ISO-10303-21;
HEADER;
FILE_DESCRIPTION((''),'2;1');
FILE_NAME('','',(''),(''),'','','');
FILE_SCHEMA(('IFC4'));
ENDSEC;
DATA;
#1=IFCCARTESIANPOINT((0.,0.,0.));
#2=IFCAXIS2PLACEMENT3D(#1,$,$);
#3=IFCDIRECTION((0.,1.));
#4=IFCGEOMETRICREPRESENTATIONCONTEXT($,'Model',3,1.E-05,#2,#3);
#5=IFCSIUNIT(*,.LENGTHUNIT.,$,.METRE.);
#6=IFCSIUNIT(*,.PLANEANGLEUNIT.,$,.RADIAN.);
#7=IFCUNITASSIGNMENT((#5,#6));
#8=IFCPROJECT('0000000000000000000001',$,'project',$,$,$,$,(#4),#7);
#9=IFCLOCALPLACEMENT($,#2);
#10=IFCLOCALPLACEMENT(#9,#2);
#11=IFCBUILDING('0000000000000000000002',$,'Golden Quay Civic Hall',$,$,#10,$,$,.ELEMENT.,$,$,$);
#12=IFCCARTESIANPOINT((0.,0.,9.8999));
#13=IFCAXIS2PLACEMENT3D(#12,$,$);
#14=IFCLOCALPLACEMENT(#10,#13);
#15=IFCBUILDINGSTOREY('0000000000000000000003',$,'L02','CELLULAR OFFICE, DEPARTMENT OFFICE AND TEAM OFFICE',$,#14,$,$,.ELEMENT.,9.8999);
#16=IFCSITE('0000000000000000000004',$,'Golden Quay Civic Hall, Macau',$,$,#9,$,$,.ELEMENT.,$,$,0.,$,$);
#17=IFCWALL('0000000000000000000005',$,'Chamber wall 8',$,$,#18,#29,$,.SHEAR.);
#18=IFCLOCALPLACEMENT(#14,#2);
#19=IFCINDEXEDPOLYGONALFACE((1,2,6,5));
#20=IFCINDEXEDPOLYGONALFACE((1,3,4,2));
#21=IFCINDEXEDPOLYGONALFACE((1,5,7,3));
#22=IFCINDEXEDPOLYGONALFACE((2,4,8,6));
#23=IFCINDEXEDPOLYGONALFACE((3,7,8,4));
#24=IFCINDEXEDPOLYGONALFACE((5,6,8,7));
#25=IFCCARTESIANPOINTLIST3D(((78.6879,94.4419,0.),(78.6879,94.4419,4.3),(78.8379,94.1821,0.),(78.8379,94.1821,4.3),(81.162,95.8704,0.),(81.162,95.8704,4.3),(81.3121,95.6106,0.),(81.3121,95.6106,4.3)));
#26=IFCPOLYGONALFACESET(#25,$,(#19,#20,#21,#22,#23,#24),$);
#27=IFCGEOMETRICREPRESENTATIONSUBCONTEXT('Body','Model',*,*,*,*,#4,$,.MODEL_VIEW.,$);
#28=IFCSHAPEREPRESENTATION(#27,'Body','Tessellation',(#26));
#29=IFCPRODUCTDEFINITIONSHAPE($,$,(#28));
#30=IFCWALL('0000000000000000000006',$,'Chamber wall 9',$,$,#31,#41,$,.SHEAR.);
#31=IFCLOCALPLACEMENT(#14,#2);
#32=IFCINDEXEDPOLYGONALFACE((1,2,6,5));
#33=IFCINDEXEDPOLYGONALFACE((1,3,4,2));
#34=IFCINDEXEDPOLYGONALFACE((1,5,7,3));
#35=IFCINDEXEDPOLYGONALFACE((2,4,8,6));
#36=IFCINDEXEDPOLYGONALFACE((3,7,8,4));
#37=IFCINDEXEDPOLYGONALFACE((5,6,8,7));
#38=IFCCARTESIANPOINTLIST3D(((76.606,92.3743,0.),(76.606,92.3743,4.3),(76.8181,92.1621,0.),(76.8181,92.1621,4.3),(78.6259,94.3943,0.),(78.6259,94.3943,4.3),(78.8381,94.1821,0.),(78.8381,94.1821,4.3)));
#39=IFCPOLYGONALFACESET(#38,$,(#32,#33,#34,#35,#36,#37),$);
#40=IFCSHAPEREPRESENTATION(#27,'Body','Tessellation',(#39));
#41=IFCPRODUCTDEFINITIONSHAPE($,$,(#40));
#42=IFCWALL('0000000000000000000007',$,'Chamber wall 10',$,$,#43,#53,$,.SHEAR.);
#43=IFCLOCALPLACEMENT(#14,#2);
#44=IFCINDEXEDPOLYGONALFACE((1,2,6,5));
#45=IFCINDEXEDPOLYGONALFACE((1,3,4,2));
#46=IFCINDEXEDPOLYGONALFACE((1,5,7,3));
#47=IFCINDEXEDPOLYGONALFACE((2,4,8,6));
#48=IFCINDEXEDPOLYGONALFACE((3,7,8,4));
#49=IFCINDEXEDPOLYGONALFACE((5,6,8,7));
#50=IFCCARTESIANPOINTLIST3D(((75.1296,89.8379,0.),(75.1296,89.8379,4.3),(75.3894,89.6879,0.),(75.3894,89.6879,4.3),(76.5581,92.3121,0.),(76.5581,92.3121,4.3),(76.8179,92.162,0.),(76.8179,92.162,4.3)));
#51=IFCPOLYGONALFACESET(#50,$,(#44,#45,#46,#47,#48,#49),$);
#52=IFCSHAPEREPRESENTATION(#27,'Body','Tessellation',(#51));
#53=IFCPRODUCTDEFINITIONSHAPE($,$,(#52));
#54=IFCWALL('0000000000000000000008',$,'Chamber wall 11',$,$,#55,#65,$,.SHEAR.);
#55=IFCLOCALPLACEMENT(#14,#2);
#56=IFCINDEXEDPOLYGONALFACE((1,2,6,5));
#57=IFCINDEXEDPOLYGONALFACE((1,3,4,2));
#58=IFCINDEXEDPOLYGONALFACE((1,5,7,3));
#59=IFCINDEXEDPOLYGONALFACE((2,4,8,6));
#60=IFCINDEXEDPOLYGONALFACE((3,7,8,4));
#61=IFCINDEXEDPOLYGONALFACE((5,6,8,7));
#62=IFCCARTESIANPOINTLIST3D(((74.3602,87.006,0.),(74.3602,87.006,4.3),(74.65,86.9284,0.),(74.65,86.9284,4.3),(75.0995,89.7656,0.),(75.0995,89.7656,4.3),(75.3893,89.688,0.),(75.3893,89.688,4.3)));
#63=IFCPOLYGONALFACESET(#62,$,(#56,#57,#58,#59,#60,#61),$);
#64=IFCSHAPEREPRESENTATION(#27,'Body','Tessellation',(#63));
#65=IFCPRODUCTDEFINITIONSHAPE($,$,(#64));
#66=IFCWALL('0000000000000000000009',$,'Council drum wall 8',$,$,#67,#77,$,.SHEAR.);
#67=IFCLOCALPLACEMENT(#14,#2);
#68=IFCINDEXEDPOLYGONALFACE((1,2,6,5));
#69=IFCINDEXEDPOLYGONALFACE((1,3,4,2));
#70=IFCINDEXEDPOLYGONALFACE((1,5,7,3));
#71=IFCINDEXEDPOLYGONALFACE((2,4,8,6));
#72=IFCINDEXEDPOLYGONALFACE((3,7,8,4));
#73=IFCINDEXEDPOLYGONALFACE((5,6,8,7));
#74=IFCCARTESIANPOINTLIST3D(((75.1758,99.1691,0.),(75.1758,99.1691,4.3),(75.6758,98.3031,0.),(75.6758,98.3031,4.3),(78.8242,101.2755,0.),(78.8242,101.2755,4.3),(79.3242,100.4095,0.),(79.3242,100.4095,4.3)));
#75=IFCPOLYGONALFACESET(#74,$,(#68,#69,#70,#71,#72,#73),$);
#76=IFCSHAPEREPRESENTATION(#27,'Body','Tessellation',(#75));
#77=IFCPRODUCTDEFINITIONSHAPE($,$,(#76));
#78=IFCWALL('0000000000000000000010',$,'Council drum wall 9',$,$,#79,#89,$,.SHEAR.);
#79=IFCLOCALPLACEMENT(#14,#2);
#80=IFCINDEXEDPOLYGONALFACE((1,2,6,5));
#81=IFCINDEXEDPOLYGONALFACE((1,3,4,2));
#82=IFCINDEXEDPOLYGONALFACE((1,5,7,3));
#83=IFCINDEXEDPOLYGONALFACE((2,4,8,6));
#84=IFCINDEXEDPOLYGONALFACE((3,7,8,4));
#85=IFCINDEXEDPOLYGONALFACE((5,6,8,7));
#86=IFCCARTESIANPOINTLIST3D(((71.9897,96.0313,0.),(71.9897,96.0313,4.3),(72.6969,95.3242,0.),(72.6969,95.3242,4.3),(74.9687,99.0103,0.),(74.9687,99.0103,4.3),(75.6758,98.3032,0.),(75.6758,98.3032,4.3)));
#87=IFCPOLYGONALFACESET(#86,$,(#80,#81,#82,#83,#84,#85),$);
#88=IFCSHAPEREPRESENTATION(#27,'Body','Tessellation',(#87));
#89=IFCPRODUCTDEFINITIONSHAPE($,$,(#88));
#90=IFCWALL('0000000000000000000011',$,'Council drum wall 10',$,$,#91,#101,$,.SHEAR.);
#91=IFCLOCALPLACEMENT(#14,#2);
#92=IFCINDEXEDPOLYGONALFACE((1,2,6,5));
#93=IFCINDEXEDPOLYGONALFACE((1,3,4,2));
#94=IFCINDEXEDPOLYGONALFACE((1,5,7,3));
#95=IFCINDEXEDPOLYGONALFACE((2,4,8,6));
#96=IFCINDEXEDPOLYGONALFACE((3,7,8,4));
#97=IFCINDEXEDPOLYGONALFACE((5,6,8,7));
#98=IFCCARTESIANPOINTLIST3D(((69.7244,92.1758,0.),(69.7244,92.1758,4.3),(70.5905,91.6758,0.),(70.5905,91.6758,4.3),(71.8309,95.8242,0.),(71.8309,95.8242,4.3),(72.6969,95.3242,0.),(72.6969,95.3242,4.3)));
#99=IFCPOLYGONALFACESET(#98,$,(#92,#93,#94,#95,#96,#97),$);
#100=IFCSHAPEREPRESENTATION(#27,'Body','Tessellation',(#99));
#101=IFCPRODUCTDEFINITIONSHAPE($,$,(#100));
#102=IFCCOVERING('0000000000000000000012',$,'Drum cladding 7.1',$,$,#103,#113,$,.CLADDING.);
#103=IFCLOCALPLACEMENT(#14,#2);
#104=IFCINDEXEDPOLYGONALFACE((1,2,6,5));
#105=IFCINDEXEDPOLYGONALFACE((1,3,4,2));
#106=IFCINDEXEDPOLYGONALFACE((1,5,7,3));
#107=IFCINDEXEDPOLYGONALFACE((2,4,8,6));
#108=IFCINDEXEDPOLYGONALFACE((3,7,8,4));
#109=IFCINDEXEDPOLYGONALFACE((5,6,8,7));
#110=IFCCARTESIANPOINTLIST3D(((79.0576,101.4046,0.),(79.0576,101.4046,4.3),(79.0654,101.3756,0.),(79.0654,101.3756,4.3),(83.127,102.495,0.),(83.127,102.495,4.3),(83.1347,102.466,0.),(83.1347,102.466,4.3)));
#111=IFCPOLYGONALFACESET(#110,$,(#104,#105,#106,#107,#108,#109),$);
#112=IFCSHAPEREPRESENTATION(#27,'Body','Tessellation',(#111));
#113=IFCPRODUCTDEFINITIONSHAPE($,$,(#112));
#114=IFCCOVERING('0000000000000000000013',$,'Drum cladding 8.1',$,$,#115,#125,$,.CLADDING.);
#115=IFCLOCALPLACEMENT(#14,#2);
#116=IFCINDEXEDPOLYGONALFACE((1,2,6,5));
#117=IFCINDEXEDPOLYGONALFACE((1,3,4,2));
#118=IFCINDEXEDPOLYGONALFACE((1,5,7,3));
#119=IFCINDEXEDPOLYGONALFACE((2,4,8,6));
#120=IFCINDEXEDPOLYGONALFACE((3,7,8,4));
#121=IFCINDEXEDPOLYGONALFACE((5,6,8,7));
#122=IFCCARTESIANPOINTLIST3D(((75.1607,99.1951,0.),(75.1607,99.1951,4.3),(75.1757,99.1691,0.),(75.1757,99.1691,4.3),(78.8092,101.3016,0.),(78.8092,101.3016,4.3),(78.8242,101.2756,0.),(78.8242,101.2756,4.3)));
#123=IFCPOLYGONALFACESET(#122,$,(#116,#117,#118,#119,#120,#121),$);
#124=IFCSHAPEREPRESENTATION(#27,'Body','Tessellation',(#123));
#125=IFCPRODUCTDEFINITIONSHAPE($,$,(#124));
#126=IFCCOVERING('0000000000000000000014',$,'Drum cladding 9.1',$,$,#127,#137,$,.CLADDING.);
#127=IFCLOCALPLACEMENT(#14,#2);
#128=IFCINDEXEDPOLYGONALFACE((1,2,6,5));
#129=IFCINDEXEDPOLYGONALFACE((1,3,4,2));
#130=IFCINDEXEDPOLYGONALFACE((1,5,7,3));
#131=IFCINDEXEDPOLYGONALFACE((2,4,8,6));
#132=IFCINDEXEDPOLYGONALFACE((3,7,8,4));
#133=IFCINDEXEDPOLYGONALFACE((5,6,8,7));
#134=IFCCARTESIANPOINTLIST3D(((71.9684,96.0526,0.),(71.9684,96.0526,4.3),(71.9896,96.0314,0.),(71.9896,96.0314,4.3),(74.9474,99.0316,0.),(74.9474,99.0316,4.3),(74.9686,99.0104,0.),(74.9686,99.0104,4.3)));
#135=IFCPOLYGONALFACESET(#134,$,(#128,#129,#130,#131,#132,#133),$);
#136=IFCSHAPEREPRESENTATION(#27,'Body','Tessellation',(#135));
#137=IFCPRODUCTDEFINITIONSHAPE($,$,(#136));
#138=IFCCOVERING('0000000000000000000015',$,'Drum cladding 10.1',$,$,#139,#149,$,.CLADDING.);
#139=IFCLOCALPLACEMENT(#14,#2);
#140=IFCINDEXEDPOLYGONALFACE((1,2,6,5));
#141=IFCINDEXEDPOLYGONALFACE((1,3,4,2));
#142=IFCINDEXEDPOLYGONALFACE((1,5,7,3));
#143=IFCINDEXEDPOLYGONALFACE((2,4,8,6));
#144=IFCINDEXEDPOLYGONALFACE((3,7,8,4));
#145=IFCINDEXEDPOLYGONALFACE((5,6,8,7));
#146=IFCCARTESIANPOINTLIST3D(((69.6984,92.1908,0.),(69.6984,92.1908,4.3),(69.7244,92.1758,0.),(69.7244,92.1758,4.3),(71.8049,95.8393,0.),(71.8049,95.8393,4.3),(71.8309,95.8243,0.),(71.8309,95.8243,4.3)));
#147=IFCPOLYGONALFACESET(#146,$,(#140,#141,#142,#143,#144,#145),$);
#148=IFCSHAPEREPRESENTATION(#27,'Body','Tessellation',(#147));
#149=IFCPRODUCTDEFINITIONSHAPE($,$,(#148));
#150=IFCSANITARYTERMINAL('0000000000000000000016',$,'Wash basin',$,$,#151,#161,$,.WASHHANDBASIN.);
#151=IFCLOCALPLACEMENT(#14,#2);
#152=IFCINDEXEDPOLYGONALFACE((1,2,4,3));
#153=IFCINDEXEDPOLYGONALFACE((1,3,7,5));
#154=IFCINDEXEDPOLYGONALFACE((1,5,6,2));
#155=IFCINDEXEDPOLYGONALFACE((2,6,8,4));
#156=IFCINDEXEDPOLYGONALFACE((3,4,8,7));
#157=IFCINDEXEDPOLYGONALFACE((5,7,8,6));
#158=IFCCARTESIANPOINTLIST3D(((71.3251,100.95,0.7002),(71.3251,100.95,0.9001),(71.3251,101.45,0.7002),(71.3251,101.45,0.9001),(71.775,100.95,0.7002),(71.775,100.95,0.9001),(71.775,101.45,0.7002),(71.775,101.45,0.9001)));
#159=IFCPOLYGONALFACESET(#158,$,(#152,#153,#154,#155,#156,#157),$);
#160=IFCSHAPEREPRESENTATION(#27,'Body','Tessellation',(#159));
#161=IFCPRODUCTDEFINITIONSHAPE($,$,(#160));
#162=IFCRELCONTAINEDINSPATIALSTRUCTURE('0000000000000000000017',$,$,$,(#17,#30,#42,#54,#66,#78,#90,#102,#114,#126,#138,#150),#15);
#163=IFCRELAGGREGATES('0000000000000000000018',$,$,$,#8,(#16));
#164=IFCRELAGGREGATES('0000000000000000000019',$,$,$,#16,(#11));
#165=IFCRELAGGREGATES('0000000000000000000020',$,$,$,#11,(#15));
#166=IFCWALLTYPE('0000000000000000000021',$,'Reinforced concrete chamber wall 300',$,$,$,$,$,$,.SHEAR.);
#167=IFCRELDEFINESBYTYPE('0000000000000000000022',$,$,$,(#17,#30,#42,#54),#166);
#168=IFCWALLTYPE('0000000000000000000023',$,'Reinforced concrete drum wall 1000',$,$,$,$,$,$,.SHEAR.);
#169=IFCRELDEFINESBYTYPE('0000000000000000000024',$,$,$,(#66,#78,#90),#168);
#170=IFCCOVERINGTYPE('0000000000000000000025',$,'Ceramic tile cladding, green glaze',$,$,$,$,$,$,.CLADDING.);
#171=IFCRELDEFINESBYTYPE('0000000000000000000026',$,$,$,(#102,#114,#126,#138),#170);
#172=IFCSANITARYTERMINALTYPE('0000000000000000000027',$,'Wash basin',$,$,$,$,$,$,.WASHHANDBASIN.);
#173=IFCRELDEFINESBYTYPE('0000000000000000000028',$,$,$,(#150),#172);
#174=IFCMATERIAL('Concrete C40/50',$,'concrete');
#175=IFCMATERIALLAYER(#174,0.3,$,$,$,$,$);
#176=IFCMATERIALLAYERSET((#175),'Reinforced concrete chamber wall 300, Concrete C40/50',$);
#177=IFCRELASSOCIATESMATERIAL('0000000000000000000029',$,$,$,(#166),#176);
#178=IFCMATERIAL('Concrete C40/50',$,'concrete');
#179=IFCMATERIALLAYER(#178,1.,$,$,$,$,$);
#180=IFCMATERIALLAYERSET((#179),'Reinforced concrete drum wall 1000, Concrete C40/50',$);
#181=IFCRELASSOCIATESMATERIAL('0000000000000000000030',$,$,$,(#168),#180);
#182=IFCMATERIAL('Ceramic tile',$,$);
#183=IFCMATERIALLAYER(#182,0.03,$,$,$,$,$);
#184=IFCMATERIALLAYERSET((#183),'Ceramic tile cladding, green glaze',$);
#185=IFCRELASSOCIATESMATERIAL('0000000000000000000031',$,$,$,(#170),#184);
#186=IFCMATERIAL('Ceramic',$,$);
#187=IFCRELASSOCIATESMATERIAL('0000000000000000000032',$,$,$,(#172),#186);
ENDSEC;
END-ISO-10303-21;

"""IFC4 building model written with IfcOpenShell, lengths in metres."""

from ifc_helpers import new_model, si_unit, direction, frame, frame_2d, origin, origin_2d, place, context, subcontext, project, spatial, rectangle, extrude, material, layer, layer_set, type_object, element, save


model = new_model("IFC4")

# Units and contexts
model_context = context("Model", 3, precision=1e-05, world=origin(), true_north=direction((0.0, 1.0)))
body_context = subcontext(model_context, "Body", "Model", "MODEL_VIEW")
ifc_project = project(units=[si_unit("LENGTHUNIT", "METRE"), si_unit("PLANEANGLEUNIT", "RADIAN")], contexts=[model_context])

# Site, building, storey
site_placement = place(None, origin())
site = spatial("IfcSite", under=ifc_project, at=site_placement, Name="Golden Quay Civic Hall, Macau", CompositionType="ELEMENT", RefElevation=0.0)
building_placement = place(site_placement, origin())
building = spatial("IfcBuilding", under=site, at=building_placement, Name="Golden Quay Civic Hall", CompositionType="ELEMENT")
storey_placement = place(building_placement, frame((0.0, 0.0, 9.8999)))
storey = spatial("IfcBuildingStorey", under=building, at=storey_placement, Name="L02", Description="CELLULAR OFFICE, DEPARTMENT OFFICE AND TEAM OFFICE", CompositionType="ELEMENT", Elevation=9.8999)

# Walls
ifc_material_1 = material(Name="Concrete C40/50", Category="concrete")
ifc_layer_1 = layer(ifc_material_1, 0.3)
ifc_layer_set_1 = layer_set([ifc_layer_1], Name="Reinforced concrete chamber wall 300, Concrete C40/50")
wall_type_1 = type_object("IfcWallType", Name="Reinforced concrete chamber wall 300", PredefinedType="SHEAR", material=ifc_layer_set_1)
wall_1_placement = place(storey_placement, frame((81.2371, 95.7405, 0.0), z_axis=(0.0, 0.0, 1.0), x_axis=(-0.866021, -0.500008, 0.0)))
element("IfcWall", 1, at=wall_1_placement, inside=storey, type_object=wall_type_1, Name="Chamber wall 8", PredefinedType="SHEAR", context=body_context, shape_type="SweptSolid", body=[
    extrude(rectangle(XDim=2.8569, YDim=0.3, at=frame_2d((1.4285, 0.0))), origin(), (0.0, 0.0, 1.0), 4.3),
])
wall_2_placement = place(storey_placement, frame((78.7319, 94.2881, 0.0), z_axis=(0.0, 0.0, 1.0), x_axis=(-0.707107, -0.707107, 0.0)))
element("IfcWall", 2, at=wall_2_placement, inside=storey, type_object=wall_type_1, Name="Chamber wall 9", PredefinedType="SHEAR", context=body_context, shape_type="SweptSolid", body=[
    extrude(rectangle(XDim=2.8567, YDim=0.3, at=frame_2d((1.4282, 0.0))), origin(), (0.0, 0.0, 1.0), 4.3),
])
for number, where, z_axis, x_axis, name in (
    (3, (76.688, 92.2371, 0.0), (0.0, 0.0, 1.0), (-0.500008, -0.866021, 0.0), "Chamber wall 10"),
    (4, (75.2444, 89.7268, 0.0), (0.0, 0.0, 1.0), (-0.258769, -0.965939, 0.0), "Chamber wall 11"),
):
    element("IfcWall", number, at=place(storey_placement, frame(where, z_axis=z_axis, x_axis=x_axis)), inside=storey, type_object=wall_type_1, Name=name, PredefinedType="SHEAR", context=body_context, shape_type="SweptSolid", body=[
        extrude(rectangle(XDim=2.8569, YDim=0.3, at=frame_2d((1.4285, 0.0))), origin(), (0.0, 0.0, 1.0), 4.3),
    ])
ifc_material_2 = material(Name="Concrete C40/50", Category="concrete")
ifc_layer_2 = layer(ifc_material_2, 1.0)
ifc_layer_set_2 = layer_set([ifc_layer_2], Name="Reinforced concrete drum wall 1000, Concrete C40/50")
wall_type_2 = type_object("IfcWallType", Name="Reinforced concrete drum wall 1000", PredefinedType="SHEAR", material=ifc_layer_set_2)
for number, where, z_axis, x_axis, name in (
    (5, (79.0742, 100.8425, 0.0), (0.0, 0.0, 1.0), (-0.866023, -0.500003, 0.0), "Council drum wall 8"),
    (6, (75.3223, 98.6567, 0.0), (0.0, 0.0, 1.0), (-0.707107, -0.707107, 0.0), "Council drum wall 9"),
    (7, (72.2639, 95.5742, 0.0), (0.0, 0.0, 1.0), (-0.500003, -0.866023, 0.0), "Council drum wall 10"),
):
    element("IfcWall", number, at=place(storey_placement, frame(where, z_axis=z_axis, x_axis=x_axis)), inside=storey, type_object=wall_type_2, Name=name, PredefinedType="SHEAR", context=body_context, shape_type="SweptSolid", body=[
        extrude(rectangle(XDim=4.2129, YDim=1.0, at=frame_2d((2.1064, 0.0))), origin(), (0.0, 0.0, 1.0), 4.3),
    ])

# Coverings
ifc_material_3 = material(Name="Ceramic tile")
ifc_layer_3 = layer(ifc_material_3, 0.03)
ifc_layer_set_3 = layer_set([ifc_layer_3], Name="Ceramic tile cladding, green glaze")
covering_type = type_object("IfcCoveringType", Name="Ceramic tile cladding, green glaze", PredefinedType="CLADDING", material=ifc_layer_set_3)
for number, where, z_axis, x_axis, name in (
    (8, (81.0962, 101.9353, 0.0), (0.0, 0.0, 1.0), (-0.965926, -0.258819, 0.0), "Drum cladding 7.1"),
    (9, (76.9924, 100.2354, 0.0), (0.0, 0.0, 1.0), (-0.866025, -0.5, 0.0), "Drum cladding 8.1"),
    (10, (73.4685, 97.5315, 0.0), (0.0, 0.0, 1.0), (-0.707107, -0.707107, 0.0), "Drum cladding 9.1"),
    (11, (70.7646, 94.0076, 0.0), (0.0, 0.0, 1.0), (-0.5, -0.866025, 0.0), "Drum cladding 10.1"),
):
    element("IfcCovering", number, at=place(storey_placement, frame(where, z_axis=z_axis, x_axis=x_axis)), inside=storey, type_object=covering_type, Name=name, PredefinedType="CLADDING", context=body_context, shape_type="SweptSolid", body=[
        extrude(rectangle(XDim=4.2129, YDim=0.03, at=origin_2d()), origin(), (0.0, 0.0, 1.0), 4.3),
    ])

# Sanitary terminal
ifc_material_4 = material(Name="Ceramic")
sanitary_terminal_type = type_object("IfcSanitaryTerminalType", Name="Wash basin", PredefinedType="WASHHANDBASIN", material=ifc_material_4)
sanitary_terminal_placement = place(storey_placement, frame((71.55, 101.2, 0.7002), z_axis=(0.0, 0.0, 1.0), x_axis=(0.0, 1.0, 0.0)))
element("IfcSanitaryTerminal", 12, at=sanitary_terminal_placement, inside=storey, type_object=sanitary_terminal_type, Name="Wash basin", PredefinedType="WASHHANDBASIN", context=body_context, shape_type="SweptSolid", body=[
    extrude(rectangle(XDim=0.5, YDim=0.45, at=origin_2d()), origin(), (0.0, 0.0, 1.0), 0.2),
])

save(model, "model.ifc")
